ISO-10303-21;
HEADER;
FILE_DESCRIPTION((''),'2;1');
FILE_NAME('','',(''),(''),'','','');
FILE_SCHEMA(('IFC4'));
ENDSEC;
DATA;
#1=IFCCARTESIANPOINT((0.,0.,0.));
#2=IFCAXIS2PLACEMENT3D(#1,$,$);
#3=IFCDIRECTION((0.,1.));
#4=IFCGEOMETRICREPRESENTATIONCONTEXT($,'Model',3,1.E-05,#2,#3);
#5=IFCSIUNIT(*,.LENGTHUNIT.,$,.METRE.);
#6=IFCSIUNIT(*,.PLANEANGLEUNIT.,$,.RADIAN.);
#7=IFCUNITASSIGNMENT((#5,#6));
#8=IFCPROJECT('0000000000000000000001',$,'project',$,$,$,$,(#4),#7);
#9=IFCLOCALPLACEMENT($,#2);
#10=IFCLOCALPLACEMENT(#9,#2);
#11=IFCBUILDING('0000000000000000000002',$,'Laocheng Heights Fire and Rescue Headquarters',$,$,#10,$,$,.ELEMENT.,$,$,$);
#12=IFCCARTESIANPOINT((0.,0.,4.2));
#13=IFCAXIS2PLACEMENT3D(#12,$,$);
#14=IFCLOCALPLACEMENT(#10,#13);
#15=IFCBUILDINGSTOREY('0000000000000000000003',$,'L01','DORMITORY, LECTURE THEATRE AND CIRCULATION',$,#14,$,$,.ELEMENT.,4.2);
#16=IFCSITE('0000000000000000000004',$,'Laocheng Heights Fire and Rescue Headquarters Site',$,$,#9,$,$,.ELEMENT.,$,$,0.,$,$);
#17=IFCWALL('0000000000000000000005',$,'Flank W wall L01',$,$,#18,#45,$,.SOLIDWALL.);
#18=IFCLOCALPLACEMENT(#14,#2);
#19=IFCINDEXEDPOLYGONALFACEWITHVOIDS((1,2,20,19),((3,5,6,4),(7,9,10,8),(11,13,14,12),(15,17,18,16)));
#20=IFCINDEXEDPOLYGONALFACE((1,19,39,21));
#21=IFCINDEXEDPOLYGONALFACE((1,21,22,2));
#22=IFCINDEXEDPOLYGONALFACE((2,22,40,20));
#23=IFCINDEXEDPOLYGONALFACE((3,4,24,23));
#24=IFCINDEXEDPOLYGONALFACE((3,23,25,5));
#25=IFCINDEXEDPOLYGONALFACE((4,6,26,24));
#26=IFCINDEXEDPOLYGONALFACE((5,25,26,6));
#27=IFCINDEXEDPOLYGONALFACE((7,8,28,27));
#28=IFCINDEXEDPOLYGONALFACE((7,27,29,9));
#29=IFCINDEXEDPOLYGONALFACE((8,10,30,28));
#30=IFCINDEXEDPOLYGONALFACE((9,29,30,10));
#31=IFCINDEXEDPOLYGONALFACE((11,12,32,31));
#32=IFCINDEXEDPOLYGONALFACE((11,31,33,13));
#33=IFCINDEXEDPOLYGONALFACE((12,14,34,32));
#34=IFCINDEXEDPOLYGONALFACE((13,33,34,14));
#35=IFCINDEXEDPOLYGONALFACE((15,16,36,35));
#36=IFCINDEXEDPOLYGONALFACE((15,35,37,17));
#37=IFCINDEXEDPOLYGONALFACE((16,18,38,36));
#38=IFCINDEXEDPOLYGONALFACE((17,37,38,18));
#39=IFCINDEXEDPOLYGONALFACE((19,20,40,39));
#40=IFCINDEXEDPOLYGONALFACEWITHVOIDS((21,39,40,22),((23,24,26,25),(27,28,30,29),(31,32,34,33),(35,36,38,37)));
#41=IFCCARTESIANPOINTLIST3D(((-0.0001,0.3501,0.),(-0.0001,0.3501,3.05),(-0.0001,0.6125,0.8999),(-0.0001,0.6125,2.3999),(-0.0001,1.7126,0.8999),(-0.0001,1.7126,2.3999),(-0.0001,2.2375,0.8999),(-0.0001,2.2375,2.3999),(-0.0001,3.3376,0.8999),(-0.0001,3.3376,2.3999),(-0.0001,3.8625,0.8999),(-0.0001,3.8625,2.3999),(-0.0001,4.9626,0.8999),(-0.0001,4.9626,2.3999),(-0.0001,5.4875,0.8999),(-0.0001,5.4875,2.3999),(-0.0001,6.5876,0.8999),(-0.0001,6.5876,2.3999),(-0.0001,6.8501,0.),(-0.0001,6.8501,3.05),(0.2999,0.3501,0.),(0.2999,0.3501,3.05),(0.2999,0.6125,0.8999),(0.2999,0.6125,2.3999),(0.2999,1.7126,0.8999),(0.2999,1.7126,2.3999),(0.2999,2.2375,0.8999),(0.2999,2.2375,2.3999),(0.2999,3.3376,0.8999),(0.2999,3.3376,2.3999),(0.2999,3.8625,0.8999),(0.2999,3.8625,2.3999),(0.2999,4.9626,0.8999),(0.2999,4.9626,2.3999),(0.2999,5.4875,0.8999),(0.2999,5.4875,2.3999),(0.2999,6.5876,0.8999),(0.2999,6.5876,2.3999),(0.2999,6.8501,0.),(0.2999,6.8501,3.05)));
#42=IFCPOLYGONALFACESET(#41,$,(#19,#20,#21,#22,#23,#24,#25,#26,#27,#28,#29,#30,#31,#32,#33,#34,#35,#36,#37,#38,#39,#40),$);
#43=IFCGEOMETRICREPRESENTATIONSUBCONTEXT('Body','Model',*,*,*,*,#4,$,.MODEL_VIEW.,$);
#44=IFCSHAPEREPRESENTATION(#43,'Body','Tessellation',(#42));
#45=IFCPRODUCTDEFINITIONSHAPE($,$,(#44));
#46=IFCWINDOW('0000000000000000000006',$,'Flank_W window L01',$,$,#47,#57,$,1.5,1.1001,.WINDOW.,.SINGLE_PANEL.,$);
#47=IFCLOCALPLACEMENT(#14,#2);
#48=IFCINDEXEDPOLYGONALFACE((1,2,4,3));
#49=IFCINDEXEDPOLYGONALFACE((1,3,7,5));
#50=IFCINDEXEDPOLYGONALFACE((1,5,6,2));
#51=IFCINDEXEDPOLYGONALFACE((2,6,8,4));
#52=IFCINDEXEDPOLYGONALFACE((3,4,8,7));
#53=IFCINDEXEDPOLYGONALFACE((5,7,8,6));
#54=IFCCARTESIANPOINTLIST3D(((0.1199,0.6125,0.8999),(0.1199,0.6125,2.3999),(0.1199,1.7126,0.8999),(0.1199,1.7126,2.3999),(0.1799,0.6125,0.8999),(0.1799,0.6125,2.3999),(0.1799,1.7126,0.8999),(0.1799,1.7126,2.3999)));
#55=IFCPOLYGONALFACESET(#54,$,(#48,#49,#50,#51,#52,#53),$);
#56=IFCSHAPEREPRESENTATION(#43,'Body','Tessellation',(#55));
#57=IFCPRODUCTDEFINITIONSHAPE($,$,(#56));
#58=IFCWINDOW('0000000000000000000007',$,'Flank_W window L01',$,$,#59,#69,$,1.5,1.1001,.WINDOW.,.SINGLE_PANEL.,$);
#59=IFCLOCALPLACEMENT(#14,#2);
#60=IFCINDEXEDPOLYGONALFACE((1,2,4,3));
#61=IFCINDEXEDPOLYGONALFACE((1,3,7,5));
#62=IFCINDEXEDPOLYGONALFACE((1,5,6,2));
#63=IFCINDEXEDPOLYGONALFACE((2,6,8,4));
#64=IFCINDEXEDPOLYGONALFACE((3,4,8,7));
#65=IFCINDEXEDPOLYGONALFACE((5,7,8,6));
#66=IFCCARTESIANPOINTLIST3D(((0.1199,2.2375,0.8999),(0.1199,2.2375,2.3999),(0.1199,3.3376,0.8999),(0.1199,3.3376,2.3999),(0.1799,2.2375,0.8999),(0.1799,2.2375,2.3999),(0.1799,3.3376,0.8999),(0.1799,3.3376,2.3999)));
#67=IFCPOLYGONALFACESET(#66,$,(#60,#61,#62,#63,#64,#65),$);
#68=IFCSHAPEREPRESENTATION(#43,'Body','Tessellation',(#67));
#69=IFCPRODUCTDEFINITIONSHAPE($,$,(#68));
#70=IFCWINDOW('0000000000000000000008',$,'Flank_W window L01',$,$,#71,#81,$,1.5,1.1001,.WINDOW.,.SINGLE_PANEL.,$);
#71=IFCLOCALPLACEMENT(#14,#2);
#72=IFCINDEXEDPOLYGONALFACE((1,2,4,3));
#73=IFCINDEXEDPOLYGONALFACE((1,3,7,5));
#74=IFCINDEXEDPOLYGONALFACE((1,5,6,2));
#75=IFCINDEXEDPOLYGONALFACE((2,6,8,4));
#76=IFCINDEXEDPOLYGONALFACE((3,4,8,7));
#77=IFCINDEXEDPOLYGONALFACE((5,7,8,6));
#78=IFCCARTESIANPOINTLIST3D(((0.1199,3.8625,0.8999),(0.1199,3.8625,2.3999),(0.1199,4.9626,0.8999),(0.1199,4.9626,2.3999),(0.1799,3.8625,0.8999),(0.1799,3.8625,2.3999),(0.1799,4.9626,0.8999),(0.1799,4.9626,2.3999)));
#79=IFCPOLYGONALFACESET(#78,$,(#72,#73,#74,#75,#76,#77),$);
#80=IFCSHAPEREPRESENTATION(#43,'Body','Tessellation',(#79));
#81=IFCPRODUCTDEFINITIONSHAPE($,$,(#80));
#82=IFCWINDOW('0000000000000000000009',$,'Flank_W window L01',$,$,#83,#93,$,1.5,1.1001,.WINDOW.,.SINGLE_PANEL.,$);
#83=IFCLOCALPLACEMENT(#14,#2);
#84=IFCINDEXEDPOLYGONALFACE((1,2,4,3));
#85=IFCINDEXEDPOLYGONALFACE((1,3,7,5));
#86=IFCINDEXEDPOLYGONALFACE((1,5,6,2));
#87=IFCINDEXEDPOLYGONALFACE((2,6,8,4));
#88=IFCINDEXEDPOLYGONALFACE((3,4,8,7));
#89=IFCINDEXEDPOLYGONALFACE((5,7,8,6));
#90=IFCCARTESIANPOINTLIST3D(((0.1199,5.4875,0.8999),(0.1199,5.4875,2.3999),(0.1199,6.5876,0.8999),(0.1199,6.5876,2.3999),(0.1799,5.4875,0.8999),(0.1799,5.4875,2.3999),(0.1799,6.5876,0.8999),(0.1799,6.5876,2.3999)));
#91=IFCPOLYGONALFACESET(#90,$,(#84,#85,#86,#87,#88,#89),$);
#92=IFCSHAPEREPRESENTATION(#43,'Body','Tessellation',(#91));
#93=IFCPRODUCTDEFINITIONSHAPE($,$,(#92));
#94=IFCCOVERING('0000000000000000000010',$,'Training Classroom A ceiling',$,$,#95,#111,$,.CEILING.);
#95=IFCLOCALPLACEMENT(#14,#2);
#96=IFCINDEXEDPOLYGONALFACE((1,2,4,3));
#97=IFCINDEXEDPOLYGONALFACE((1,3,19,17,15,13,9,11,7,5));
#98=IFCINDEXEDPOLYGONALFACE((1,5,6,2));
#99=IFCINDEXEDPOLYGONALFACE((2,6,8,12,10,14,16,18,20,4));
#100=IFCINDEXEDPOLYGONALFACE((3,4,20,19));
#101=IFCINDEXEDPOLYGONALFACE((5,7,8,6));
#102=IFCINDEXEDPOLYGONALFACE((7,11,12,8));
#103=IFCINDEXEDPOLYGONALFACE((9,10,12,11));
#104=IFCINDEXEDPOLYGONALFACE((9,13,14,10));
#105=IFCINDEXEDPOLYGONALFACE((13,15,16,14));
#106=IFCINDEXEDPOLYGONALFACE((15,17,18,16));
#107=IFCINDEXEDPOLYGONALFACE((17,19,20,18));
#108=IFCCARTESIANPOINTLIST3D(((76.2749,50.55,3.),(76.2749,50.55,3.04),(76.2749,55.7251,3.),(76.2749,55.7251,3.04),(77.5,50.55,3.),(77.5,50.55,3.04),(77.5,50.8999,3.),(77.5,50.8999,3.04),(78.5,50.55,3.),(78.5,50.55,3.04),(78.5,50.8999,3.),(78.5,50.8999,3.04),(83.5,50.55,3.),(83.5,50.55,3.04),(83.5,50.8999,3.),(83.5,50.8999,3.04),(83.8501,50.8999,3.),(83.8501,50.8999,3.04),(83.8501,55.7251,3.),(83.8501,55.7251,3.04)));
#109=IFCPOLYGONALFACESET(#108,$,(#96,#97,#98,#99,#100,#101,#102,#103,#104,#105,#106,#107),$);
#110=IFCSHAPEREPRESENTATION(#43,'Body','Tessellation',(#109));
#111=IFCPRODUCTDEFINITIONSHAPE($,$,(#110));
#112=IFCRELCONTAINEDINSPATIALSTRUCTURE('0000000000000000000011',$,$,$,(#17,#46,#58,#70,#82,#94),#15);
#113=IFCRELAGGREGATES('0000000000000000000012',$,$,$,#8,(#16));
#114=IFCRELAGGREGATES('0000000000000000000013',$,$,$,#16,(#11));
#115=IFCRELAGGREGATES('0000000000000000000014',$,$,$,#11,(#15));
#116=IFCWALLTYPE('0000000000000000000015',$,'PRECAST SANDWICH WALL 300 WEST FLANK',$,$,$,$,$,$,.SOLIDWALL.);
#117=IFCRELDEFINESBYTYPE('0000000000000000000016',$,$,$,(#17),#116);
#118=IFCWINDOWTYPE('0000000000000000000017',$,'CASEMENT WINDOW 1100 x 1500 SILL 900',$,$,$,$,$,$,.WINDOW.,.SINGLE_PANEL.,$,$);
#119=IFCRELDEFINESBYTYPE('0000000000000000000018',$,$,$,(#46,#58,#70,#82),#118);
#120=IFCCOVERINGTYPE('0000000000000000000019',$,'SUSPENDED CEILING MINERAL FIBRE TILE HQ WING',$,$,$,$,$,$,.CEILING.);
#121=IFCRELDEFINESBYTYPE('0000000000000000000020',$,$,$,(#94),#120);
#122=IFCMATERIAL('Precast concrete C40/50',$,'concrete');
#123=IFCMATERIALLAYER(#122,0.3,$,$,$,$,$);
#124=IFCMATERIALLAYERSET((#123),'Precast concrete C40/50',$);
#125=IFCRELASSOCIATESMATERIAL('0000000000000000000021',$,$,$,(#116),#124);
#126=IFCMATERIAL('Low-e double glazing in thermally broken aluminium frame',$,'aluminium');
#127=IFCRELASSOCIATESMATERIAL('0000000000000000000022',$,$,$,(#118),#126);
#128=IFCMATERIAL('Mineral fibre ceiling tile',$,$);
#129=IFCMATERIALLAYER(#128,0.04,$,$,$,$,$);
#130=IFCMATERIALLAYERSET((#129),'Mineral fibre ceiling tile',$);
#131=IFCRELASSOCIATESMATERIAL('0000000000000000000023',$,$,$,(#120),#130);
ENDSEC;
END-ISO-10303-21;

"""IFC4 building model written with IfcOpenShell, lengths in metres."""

from ifc_helpers import new_model, si_unit, direction, frame, frame_2d, origin, place, context, subcontext, project, spatial, polyline, rectangle, outline, extrude, material, layer, layer_set, type_object, element, fill, save


model = new_model("IFC4")

# Units and contexts
model_context = context("Model", 3, precision=1e-05, world=origin(), true_north=direction((0.0, 1.0)))
body_context = subcontext(model_context, "Body", "Model", "MODEL_VIEW")
ifc_project = project(units=[si_unit("LENGTHUNIT", "METRE"), si_unit("PLANEANGLEUNIT", "RADIAN")], contexts=[model_context])

# Site, building, storey
site_placement = place(None, origin())
site = spatial("IfcSite", under=ifc_project, at=site_placement, Name="Laocheng Heights Fire and Rescue Headquarters Site", CompositionType="ELEMENT", RefElevation=0.0)
building_placement = place(site_placement, origin())
building = spatial("IfcBuilding", under=site, at=building_placement, Name="Laocheng Heights Fire and Rescue Headquarters", CompositionType="ELEMENT")
storey_placement = place(building_placement, frame((0.0, 0.0, 4.2)))
storey = spatial("IfcBuildingStorey", under=building, at=storey_placement, Name="L01", Description="DORMITORY, LECTURE THEATRE AND CIRCULATION", CompositionType="ELEMENT", Elevation=4.2)

# Wall, openings, windows
ifc_material_1 = material(Name="Precast concrete C40/50", Category="concrete")
ifc_layer_1 = layer(ifc_material_1, 0.3)
ifc_layer_set_1 = layer_set([ifc_layer_1], Name="Precast concrete C40/50")
wall_type = type_object("IfcWallType", Name="PRECAST SANDWICH WALL 300 WEST FLANK", PredefinedType="SOLIDWALL", material=ifc_layer_set_1)
ifc_material_2 = material(Name="Low-e double glazing in thermally broken aluminium frame", Category="aluminium")
window_type = type_object("IfcWindowType", Name="CASEMENT WINDOW 1100 x 1500 SILL 900", PartitioningType="SINGLE_PANEL", PredefinedType="WINDOW", material=ifc_material_2)
wall_1_placement = place(storey_placement, frame((0.1499, 0.3501, 0.0), z_axis=(0.0, 0.0, 1.0), x_axis=(0.0, 1.0, 0.0)))
wall_1 = element("IfcWall", 1, at=wall_1_placement, inside=storey, type_object=wall_type, Name="Flank W wall L01", PredefinedType="SOLIDWALL", context=body_context, shape_type="SweptSolid", body=[
    extrude(rectangle(XDim=6.5, YDim=0.3, at=frame_2d((3.25, 0.0))), origin(), (0.0, 0.0, 1.0), 3.05),
])
opening_1_placement = place(wall_1_placement, frame((0.2625, 0.0, 0.8999)))
opening_1 = element("IfcOpeningElement", 2, at=opening_1_placement, cuts=wall_1, PredefinedType="OPENING", context=body_context, shape_type="SweptSolid", body=[
    extrude(rectangle(XDim=1.1001, YDim=1.5, at=frame_2d((0.55, 0.75))), frame((0.0, 0.1599, 0.0), z_axis=(0.0, -1.0, 0.0), x_axis=(1.0, 0.0, 0.0)), (0.0, 0.0, 1.0), 0.3201),
])
opening_2_placement = place(wall_1_placement, frame((1.8875, 0.0, 0.8999)))
opening_2 = element("IfcOpeningElement", 3, at=opening_2_placement, cuts=wall_1, PredefinedType="OPENING", context=body_context, shape_type="SweptSolid", body=[
    extrude(rectangle(XDim=1.1001, YDim=1.5, at=frame_2d((0.55, 0.75))), frame((0.0, 0.1599, 0.0), z_axis=(0.0, -1.0, 0.0), x_axis=(1.0, 0.0, 0.0)), (0.0, 0.0, 1.0), 0.3201),
])
opening_3_placement = place(wall_1_placement, frame((3.5125, 0.0, 0.8999)))
opening_3 = element("IfcOpeningElement", 4, at=opening_3_placement, cuts=wall_1, PredefinedType="OPENING", context=body_context, shape_type="SweptSolid", body=[
    extrude(rectangle(XDim=1.1001, YDim=1.5, at=frame_2d((0.55, 0.75))), frame((0.0, 0.1599, 0.0), z_axis=(0.0, -1.0, 0.0), x_axis=(1.0, 0.0, 0.0)), (0.0, 0.0, 1.0), 0.3201),
])
opening_4_placement = place(wall_1_placement, frame((5.1375, 0.0, 0.8999)))
opening_4 = element("IfcOpeningElement", 5, at=opening_4_placement, cuts=wall_1, PredefinedType="OPENING", context=body_context, shape_type="SweptSolid", body=[
    extrude(rectangle(XDim=1.1001, YDim=1.5, at=frame_2d((0.55, 0.75))), frame((0.0, 0.1599, 0.0), z_axis=(0.0, -1.0, 0.0), x_axis=(1.0, 0.0, 0.0)), (0.0, 0.0, 1.0), 0.3201),
])
window_1_placement = place(opening_1_placement, origin())
window_1 = element("IfcWindow", 6, at=window_1_placement, inside=storey, type_object=window_type, Name="Flank_W window L01", OverallHeight=1.5, OverallWidth=1.1001, PartitioningType="SINGLE_PANEL", PredefinedType="WINDOW", context=body_context, shape_type="SweptSolid", body=[
    extrude(rectangle(XDim=1.1001, YDim=1.5, at=frame_2d((0.55, 0.75))), frame((0.0, 0.03, 0.0), z_axis=(0.0, -1.0, 0.0), x_axis=(1.0, 0.0, 0.0)), (0.0, 0.0, 1.0), 0.0601),
])
fill(opening_1, window_1)
window_2_placement = place(opening_2_placement, origin())
window_2 = element("IfcWindow", 7, at=window_2_placement, inside=storey, type_object=window_type, Name="Flank_W window L01", OverallHeight=1.5, OverallWidth=1.1001, PartitioningType="SINGLE_PANEL", PredefinedType="WINDOW", context=body_context, shape_type="SweptSolid", body=[
    extrude(rectangle(XDim=1.1001, YDim=1.5, at=frame_2d((0.55, 0.75))), frame((0.0, 0.03, 0.0), z_axis=(0.0, -1.0, 0.0), x_axis=(1.0, 0.0, 0.0)), (0.0, 0.0, 1.0), 0.0601),
])
fill(opening_2, window_2)
window_3_placement = place(opening_3_placement, origin())
window_3 = element("IfcWindow", 8, at=window_3_placement, inside=storey, type_object=window_type, Name="Flank_W window L01", OverallHeight=1.5, OverallWidth=1.1001, PartitioningType="SINGLE_PANEL", PredefinedType="WINDOW", context=body_context, shape_type="SweptSolid", body=[
    extrude(rectangle(XDim=1.1001, YDim=1.5, at=frame_2d((0.55, 0.75))), frame((0.0, 0.03, 0.0), z_axis=(0.0, -1.0, 0.0), x_axis=(1.0, 0.0, 0.0)), (0.0, 0.0, 1.0), 0.0601),
])
fill(opening_3, window_3)
window_4_placement = place(opening_4_placement, origin())
window_4 = element("IfcWindow", 9, at=window_4_placement, inside=storey, type_object=window_type, Name="Flank_W window L01", OverallHeight=1.5, OverallWidth=1.1001, PartitioningType="SINGLE_PANEL", PredefinedType="WINDOW", context=body_context, shape_type="SweptSolid", body=[
    extrude(rectangle(XDim=1.1001, YDim=1.5, at=frame_2d((0.55, 0.75))), frame((0.0, 0.03, 0.0), z_axis=(0.0, -1.0, 0.0), x_axis=(1.0, 0.0, 0.0)), (0.0, 0.0, 1.0), 0.0601),
])
fill(opening_4, window_4)

# Covering
ifc_material_3 = material(Name="Mineral fibre ceiling tile")
ifc_layer_2 = layer(ifc_material_3, 0.04)
ifc_layer_set_2 = layer_set([ifc_layer_2], Name="Mineral fibre ceiling tile")
covering_type = type_object("IfcCoveringType", Name="SUSPENDED CEILING MINERAL FIBRE TILE HQ WING", PredefinedType="CEILING", material=ifc_layer_set_2)
covering_placement = place(storey_placement, frame((0.0, 0.0, 3.0)))
element("IfcCovering", 10, at=covering_placement, inside=storey, type_object=covering_type, Name="Training Classroom A ceiling", PredefinedType="CEILING", context=body_context, shape_type="SweptSolid", body=[
    extrude(outline(polyline([(76.2749, 55.7251), (83.8501, 55.7251), (83.8501, 50.8999), (83.5, 50.8999), (83.5, 50.55), (78.5, 50.55), (78.5, 50.8999), (77.5, 50.8999), (77.5, 50.55), (76.2749, 50.55), (76.2749, 55.7251)])), origin(), (0.0, 0.0, 1.0), 0.04),
])

save(model, "model.ifc")
